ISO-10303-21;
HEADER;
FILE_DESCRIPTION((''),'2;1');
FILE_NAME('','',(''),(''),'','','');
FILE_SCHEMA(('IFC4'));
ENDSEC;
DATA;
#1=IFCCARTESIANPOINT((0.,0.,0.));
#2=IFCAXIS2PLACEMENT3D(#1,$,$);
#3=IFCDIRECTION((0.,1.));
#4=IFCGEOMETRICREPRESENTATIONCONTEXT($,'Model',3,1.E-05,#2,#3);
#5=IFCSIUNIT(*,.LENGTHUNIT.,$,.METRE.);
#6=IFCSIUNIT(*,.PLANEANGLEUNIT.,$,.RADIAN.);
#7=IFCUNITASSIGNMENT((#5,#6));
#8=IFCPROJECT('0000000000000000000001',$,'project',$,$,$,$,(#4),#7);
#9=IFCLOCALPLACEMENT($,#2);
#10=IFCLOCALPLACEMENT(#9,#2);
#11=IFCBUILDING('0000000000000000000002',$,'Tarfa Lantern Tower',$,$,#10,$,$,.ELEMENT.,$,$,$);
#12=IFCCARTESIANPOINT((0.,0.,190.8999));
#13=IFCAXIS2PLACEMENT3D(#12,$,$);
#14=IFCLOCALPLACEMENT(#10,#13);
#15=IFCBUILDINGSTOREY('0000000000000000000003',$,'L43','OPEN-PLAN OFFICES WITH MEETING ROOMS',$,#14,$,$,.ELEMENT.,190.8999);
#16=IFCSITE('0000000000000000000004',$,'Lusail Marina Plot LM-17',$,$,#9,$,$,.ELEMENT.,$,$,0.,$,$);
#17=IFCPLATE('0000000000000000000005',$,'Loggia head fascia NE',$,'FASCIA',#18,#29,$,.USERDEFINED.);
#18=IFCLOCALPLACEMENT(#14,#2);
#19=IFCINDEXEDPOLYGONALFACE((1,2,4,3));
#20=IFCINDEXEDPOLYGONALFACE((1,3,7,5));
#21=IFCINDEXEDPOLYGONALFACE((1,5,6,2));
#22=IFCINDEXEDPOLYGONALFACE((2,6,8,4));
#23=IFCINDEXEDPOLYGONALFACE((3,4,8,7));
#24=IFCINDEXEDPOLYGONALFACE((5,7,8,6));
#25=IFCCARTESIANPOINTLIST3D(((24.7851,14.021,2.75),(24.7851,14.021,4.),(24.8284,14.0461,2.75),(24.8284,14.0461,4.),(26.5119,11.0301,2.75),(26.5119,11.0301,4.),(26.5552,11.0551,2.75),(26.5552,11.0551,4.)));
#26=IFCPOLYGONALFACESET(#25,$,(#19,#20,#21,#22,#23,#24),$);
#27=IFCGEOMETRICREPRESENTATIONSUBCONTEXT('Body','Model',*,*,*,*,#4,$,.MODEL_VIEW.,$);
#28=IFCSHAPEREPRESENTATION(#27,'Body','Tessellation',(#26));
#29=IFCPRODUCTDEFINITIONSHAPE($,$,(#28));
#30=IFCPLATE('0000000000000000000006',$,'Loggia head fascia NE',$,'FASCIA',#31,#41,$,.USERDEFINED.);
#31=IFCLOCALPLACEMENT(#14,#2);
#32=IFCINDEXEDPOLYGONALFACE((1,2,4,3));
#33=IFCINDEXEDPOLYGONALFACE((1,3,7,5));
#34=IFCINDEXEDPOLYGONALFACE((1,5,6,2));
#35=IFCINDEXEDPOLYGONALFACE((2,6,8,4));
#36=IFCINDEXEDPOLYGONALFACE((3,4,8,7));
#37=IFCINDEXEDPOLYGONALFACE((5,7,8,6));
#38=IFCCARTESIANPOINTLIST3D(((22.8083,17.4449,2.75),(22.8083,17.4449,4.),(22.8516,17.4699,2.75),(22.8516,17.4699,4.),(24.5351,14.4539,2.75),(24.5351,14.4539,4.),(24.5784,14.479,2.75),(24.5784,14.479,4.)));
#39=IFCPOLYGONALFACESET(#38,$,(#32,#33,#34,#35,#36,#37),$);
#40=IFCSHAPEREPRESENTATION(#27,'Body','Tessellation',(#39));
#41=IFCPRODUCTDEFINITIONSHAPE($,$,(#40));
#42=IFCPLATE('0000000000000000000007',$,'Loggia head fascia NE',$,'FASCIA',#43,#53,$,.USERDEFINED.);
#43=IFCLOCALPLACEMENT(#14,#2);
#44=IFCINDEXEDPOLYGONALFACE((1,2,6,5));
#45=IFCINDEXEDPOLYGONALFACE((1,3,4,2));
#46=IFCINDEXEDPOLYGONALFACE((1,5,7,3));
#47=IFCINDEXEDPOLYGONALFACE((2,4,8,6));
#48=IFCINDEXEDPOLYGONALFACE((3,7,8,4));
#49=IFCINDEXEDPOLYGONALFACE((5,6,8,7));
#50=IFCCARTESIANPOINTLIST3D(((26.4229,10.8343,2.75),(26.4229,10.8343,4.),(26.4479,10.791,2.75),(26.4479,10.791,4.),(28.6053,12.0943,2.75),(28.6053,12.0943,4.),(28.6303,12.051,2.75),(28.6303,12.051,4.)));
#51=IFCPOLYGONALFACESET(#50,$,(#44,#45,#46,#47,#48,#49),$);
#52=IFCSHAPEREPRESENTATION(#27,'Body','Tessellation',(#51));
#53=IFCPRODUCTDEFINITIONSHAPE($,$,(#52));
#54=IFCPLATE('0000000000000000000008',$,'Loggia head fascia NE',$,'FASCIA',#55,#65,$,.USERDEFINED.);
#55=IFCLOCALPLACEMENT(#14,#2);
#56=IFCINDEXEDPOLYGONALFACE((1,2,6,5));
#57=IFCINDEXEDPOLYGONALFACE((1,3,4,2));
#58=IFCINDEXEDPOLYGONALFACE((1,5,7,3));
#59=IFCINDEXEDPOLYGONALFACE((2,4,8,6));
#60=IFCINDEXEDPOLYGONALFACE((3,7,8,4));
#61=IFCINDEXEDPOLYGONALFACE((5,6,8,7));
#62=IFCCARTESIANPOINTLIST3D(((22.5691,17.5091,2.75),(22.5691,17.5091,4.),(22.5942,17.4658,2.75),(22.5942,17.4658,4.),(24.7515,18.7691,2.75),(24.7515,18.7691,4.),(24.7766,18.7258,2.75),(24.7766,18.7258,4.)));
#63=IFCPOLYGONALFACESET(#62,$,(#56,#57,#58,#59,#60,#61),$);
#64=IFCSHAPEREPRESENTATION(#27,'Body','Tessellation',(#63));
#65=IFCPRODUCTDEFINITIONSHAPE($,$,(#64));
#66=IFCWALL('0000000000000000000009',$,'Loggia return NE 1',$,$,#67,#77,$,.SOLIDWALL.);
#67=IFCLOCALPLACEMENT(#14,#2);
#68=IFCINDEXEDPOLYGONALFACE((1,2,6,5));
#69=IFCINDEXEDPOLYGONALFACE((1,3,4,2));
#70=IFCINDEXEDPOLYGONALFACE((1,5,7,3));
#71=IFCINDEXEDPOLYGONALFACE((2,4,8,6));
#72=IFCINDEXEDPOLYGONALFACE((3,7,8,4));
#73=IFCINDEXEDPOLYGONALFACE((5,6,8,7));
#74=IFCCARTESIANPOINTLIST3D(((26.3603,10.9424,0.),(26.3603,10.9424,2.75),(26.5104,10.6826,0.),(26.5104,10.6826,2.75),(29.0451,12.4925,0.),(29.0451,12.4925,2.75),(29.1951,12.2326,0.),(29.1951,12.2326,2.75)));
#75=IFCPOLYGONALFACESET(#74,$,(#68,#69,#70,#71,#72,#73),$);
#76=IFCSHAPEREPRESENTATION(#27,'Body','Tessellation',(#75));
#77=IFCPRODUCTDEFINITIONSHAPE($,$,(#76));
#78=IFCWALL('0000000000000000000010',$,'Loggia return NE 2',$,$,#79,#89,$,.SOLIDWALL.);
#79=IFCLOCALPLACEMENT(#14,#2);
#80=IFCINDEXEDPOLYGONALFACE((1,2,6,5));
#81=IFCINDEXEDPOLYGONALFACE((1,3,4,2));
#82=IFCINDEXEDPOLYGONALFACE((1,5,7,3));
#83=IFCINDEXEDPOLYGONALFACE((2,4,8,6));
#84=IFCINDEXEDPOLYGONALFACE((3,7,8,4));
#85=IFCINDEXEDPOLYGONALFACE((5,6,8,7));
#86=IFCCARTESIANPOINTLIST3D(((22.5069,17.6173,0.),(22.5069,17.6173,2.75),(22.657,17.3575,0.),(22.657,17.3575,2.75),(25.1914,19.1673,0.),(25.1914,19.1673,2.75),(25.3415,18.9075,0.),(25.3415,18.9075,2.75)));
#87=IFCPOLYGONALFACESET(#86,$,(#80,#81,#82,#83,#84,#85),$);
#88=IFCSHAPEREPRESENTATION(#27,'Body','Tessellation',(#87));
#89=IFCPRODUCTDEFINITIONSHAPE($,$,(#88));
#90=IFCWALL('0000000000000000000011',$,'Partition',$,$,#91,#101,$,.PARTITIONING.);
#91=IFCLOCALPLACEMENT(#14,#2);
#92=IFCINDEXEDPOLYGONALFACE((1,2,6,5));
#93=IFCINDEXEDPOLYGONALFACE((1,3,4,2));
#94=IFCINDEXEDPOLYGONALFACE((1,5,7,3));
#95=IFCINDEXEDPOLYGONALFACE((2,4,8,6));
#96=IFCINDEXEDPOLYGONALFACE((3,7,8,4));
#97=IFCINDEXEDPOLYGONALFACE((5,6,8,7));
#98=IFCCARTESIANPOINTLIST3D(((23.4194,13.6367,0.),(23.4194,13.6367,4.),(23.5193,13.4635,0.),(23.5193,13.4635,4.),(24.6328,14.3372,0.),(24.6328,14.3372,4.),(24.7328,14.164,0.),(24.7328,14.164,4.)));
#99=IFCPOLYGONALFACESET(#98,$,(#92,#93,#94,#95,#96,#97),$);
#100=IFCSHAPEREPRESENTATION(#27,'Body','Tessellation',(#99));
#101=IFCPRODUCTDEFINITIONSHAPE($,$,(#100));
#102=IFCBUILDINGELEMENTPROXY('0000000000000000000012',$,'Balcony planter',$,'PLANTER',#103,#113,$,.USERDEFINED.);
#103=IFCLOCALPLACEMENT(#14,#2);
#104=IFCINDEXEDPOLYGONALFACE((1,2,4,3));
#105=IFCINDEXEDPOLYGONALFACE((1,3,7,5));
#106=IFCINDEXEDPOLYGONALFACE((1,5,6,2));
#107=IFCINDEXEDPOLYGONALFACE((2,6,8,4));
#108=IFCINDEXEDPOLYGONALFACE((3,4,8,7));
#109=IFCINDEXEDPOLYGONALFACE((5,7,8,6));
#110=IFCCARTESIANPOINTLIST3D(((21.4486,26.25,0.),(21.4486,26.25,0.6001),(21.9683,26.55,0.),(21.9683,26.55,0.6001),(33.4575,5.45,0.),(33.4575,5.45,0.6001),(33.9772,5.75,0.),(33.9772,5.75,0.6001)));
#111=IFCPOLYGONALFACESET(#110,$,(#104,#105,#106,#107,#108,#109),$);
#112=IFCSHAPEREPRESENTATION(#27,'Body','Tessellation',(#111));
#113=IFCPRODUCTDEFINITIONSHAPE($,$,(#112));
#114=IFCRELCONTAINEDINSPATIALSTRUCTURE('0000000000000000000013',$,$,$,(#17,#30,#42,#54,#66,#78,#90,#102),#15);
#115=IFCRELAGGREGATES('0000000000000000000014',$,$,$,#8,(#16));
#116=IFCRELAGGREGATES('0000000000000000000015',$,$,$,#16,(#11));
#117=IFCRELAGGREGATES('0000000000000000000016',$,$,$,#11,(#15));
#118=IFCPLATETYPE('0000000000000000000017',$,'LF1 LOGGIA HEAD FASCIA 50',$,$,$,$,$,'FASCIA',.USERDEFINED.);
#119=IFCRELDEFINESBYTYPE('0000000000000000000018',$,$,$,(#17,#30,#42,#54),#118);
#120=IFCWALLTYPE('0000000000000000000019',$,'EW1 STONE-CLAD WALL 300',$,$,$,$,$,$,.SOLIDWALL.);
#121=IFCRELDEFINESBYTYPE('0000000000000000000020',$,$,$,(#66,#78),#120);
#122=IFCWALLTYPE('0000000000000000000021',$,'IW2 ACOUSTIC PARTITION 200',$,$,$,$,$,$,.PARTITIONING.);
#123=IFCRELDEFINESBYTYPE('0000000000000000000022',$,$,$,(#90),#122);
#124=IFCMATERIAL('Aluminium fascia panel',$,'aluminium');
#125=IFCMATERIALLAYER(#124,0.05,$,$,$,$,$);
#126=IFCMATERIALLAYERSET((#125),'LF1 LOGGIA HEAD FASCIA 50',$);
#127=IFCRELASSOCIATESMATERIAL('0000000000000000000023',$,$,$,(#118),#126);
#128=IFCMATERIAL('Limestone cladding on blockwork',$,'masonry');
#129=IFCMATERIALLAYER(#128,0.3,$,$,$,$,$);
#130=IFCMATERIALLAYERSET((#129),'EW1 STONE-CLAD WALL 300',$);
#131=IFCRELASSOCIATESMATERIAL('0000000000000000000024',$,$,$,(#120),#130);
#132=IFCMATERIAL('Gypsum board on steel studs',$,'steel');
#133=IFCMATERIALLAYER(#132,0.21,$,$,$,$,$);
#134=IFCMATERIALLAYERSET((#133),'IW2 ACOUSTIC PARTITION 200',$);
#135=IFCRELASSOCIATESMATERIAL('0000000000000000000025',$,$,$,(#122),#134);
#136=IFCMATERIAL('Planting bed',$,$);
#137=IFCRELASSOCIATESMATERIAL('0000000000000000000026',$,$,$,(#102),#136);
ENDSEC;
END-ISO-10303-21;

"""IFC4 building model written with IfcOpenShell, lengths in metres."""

from ifc_helpers import new_model, si_unit, direction, frame, frame_2d, origin, origin_2d, place, context, subcontext, project, spatial, rectangle, extrude, material, layer, layer_set, type_object, element, save


model = new_model("IFC4")

# Units and contexts
model_context = context("Model", 3, precision=1e-05, world=origin(), true_north=direction((0.0, 1.0)))
body_context = subcontext(model_context, "Body", "Model", "MODEL_VIEW")
ifc_project = project(units=[si_unit("LENGTHUNIT", "METRE"), si_unit("PLANEANGLEUNIT", "RADIAN")], contexts=[model_context])

# Site, building, storey
site_placement = place(None, origin())
site = spatial("IfcSite", under=ifc_project, at=site_placement, Name="Lusail Marina Plot LM-17", CompositionType="ELEMENT", RefElevation=0.0)
building_placement = place(site_placement, origin())
building = spatial("IfcBuilding", under=site, at=building_placement, Name="Tarfa Lantern Tower", CompositionType="ELEMENT")
storey_placement = place(building_placement, frame((0.0, 0.0, 190.8999)))
storey = spatial("IfcBuildingStorey", under=building, at=storey_placement, Name="L43", Description="OPEN-PLAN OFFICES WITH MEETING ROOMS", CompositionType="ELEMENT", Elevation=190.8999)

# Plates
ifc_material_1 = material(Name="Aluminium fascia panel", Category="aluminium")
ifc_layer_1 = layer(ifc_material_1, 0.05)
ifc_layer_set_1 = layer_set([ifc_layer_1], Name="LF1 LOGGIA HEAD FASCIA 50")
plate_type_1 = type_object("IfcPlateType", Name="LF1 LOGGIA HEAD FASCIA 50", ElementType="FASCIA", PredefinedType="USERDEFINED", material=ifc_layer_set_1)
for number, where, z_axis, x_axis, name in (
    (1, (25.6702, 12.5381, 2.75), (0.0, 0.0, 1.0), (-0.5, 0.866025, 0.0), "Loggia head fascia NE"),
    (2, (23.6934, 15.9619, 2.75), (0.0, 0.0, 1.0), (-0.5, 0.866025, 0.0), "Loggia head fascia NE"),
):
    element("IfcPlate", number, at=place(storey_placement, frame(where, z_axis=z_axis, x_axis=x_axis)), inside=storey, type_object=plate_type_1, Name=name, ObjectType="FASCIA", PredefinedType="USERDEFINED", context=body_context, shape_type="SweptSolid", body=[
        extrude(rectangle(XDim=3.4536, YDim=0.05, at=origin_2d()), origin(), (0.0, 0.0, 1.0), 1.25),
    ])
for number, where, z_axis, x_axis, name in (
    (3, (27.5266, 11.4426, 2.75), (0.0, 0.0, 1.0), (-0.866025, -0.5, 0.0), "Loggia head fascia NE"),
    (4, (23.6729, 18.1174, 2.75), (0.0, 0.0, 1.0), (-0.866025, -0.5, 0.0), "Loggia head fascia NE"),
):
    element("IfcPlate", number, at=place(storey_placement, frame(where, z_axis=z_axis, x_axis=x_axis)), inside=storey, type_object=plate_type_1, Name=name, ObjectType="FASCIA", PredefinedType="USERDEFINED", context=body_context, shape_type="SweptSolid", body=[
        extrude(rectangle(XDim=2.52, YDim=0.05, at=origin_2d()), origin(), (0.0, 0.0, 1.0), 1.25),
    ])

# Walls
ifc_material_2 = material(Name="Limestone cladding on blockwork", Category="masonry")
ifc_layer_2 = layer(ifc_material_2, 0.3)
ifc_layer_set_2 = layer_set([ifc_layer_2], Name="EW1 STONE-CLAD WALL 300")
wall_type_1 = type_object("IfcWallType", Name="EW1 STONE-CLAD WALL 300", PredefinedType="SOLIDWALL", material=ifc_layer_set_2)
wall_1_placement = place(storey_placement, frame((29.1201, 12.3625, 0.0), z_axis=(0.0, 0.0, 1.0), x_axis=(-0.86603, -0.499993, 0.0)))
element("IfcWall", 5, at=wall_1_placement, inside=storey, type_object=wall_type_1, Name="Loggia return NE 1", PredefinedType="SOLIDWALL", context=body_context, shape_type="SweptSolid", body=[
    extrude(rectangle(XDim=3.1001, YDim=0.3, at=frame_2d((1.55, 0.0))), origin(), (0.0, 0.0, 1.0), 2.75),
])
wall_2_placement = place(storey_placement, frame((25.2664, 19.0374, 0.0), z_axis=(0.0, 0.0, 1.0), x_axis=(-0.86601, -0.500027, 0.0)))
element("IfcWall", 6, at=wall_2_placement, inside=storey, type_object=wall_type_1, Name="Loggia return NE 2", PredefinedType="SOLIDWALL", context=body_context, shape_type="SweptSolid", body=[
    extrude(rectangle(XDim=3.0999, YDim=0.3, at=frame_2d((1.5498, 0.0))), origin(), (0.0, 0.0, 1.0), 2.75),
])
ifc_material_3 = material(Name="Gypsum board on steel studs", Category="steel")
ifc_layer_3 = layer(ifc_material_3, 0.21)
ifc_layer_set_3 = layer_set([ifc_layer_3], Name="IW2 ACOUSTIC PARTITION 200")
wall_type_2 = type_object("IfcWallType", Name="IW2 ACOUSTIC PARTITION 200", PredefinedType="PARTITIONING", material=ifc_layer_set_3)
wall_3_placement = place(storey_placement, frame((23.4692, 13.55, 0.0), z_axis=(0.0, 0.0, 1.0), x_axis=(0.866058, 0.499944, 0.0)))
element("IfcWall", 7, at=wall_3_placement, inside=storey, type_object=wall_type_2, Name="Partition", PredefinedType="PARTITIONING", context=body_context, shape_type="SweptSolid", body=[
    extrude(rectangle(XDim=1.4011, YDim=0.2, at=frame_2d((0.7007, 0.0))), origin(), (0.0, 0.0, 1.0), 4.0),
])

# Building element proxy
ifc_material_4 = material(Name="Planting bed")
proxy_placement = place(storey_placement, frame((27.7129, 16.0, 0.0), z_axis=(0.0, 0.0, 1.0), x_axis=(-0.5, 0.866025, 0.0)))
element("IfcBuildingElementProxy", 8, at=proxy_placement, inside=storey, material=ifc_material_4, Name="Balcony planter", ObjectType="PLANTER", PredefinedType="USERDEFINED", context=body_context, shape_type="SweptSolid", body=[
    extrude(rectangle(XDim=24.0178, YDim=0.6001, at=origin_2d()), origin(), (0.0, 0.0, 1.0), 0.6001),
])

save(model, "model.ifc")
